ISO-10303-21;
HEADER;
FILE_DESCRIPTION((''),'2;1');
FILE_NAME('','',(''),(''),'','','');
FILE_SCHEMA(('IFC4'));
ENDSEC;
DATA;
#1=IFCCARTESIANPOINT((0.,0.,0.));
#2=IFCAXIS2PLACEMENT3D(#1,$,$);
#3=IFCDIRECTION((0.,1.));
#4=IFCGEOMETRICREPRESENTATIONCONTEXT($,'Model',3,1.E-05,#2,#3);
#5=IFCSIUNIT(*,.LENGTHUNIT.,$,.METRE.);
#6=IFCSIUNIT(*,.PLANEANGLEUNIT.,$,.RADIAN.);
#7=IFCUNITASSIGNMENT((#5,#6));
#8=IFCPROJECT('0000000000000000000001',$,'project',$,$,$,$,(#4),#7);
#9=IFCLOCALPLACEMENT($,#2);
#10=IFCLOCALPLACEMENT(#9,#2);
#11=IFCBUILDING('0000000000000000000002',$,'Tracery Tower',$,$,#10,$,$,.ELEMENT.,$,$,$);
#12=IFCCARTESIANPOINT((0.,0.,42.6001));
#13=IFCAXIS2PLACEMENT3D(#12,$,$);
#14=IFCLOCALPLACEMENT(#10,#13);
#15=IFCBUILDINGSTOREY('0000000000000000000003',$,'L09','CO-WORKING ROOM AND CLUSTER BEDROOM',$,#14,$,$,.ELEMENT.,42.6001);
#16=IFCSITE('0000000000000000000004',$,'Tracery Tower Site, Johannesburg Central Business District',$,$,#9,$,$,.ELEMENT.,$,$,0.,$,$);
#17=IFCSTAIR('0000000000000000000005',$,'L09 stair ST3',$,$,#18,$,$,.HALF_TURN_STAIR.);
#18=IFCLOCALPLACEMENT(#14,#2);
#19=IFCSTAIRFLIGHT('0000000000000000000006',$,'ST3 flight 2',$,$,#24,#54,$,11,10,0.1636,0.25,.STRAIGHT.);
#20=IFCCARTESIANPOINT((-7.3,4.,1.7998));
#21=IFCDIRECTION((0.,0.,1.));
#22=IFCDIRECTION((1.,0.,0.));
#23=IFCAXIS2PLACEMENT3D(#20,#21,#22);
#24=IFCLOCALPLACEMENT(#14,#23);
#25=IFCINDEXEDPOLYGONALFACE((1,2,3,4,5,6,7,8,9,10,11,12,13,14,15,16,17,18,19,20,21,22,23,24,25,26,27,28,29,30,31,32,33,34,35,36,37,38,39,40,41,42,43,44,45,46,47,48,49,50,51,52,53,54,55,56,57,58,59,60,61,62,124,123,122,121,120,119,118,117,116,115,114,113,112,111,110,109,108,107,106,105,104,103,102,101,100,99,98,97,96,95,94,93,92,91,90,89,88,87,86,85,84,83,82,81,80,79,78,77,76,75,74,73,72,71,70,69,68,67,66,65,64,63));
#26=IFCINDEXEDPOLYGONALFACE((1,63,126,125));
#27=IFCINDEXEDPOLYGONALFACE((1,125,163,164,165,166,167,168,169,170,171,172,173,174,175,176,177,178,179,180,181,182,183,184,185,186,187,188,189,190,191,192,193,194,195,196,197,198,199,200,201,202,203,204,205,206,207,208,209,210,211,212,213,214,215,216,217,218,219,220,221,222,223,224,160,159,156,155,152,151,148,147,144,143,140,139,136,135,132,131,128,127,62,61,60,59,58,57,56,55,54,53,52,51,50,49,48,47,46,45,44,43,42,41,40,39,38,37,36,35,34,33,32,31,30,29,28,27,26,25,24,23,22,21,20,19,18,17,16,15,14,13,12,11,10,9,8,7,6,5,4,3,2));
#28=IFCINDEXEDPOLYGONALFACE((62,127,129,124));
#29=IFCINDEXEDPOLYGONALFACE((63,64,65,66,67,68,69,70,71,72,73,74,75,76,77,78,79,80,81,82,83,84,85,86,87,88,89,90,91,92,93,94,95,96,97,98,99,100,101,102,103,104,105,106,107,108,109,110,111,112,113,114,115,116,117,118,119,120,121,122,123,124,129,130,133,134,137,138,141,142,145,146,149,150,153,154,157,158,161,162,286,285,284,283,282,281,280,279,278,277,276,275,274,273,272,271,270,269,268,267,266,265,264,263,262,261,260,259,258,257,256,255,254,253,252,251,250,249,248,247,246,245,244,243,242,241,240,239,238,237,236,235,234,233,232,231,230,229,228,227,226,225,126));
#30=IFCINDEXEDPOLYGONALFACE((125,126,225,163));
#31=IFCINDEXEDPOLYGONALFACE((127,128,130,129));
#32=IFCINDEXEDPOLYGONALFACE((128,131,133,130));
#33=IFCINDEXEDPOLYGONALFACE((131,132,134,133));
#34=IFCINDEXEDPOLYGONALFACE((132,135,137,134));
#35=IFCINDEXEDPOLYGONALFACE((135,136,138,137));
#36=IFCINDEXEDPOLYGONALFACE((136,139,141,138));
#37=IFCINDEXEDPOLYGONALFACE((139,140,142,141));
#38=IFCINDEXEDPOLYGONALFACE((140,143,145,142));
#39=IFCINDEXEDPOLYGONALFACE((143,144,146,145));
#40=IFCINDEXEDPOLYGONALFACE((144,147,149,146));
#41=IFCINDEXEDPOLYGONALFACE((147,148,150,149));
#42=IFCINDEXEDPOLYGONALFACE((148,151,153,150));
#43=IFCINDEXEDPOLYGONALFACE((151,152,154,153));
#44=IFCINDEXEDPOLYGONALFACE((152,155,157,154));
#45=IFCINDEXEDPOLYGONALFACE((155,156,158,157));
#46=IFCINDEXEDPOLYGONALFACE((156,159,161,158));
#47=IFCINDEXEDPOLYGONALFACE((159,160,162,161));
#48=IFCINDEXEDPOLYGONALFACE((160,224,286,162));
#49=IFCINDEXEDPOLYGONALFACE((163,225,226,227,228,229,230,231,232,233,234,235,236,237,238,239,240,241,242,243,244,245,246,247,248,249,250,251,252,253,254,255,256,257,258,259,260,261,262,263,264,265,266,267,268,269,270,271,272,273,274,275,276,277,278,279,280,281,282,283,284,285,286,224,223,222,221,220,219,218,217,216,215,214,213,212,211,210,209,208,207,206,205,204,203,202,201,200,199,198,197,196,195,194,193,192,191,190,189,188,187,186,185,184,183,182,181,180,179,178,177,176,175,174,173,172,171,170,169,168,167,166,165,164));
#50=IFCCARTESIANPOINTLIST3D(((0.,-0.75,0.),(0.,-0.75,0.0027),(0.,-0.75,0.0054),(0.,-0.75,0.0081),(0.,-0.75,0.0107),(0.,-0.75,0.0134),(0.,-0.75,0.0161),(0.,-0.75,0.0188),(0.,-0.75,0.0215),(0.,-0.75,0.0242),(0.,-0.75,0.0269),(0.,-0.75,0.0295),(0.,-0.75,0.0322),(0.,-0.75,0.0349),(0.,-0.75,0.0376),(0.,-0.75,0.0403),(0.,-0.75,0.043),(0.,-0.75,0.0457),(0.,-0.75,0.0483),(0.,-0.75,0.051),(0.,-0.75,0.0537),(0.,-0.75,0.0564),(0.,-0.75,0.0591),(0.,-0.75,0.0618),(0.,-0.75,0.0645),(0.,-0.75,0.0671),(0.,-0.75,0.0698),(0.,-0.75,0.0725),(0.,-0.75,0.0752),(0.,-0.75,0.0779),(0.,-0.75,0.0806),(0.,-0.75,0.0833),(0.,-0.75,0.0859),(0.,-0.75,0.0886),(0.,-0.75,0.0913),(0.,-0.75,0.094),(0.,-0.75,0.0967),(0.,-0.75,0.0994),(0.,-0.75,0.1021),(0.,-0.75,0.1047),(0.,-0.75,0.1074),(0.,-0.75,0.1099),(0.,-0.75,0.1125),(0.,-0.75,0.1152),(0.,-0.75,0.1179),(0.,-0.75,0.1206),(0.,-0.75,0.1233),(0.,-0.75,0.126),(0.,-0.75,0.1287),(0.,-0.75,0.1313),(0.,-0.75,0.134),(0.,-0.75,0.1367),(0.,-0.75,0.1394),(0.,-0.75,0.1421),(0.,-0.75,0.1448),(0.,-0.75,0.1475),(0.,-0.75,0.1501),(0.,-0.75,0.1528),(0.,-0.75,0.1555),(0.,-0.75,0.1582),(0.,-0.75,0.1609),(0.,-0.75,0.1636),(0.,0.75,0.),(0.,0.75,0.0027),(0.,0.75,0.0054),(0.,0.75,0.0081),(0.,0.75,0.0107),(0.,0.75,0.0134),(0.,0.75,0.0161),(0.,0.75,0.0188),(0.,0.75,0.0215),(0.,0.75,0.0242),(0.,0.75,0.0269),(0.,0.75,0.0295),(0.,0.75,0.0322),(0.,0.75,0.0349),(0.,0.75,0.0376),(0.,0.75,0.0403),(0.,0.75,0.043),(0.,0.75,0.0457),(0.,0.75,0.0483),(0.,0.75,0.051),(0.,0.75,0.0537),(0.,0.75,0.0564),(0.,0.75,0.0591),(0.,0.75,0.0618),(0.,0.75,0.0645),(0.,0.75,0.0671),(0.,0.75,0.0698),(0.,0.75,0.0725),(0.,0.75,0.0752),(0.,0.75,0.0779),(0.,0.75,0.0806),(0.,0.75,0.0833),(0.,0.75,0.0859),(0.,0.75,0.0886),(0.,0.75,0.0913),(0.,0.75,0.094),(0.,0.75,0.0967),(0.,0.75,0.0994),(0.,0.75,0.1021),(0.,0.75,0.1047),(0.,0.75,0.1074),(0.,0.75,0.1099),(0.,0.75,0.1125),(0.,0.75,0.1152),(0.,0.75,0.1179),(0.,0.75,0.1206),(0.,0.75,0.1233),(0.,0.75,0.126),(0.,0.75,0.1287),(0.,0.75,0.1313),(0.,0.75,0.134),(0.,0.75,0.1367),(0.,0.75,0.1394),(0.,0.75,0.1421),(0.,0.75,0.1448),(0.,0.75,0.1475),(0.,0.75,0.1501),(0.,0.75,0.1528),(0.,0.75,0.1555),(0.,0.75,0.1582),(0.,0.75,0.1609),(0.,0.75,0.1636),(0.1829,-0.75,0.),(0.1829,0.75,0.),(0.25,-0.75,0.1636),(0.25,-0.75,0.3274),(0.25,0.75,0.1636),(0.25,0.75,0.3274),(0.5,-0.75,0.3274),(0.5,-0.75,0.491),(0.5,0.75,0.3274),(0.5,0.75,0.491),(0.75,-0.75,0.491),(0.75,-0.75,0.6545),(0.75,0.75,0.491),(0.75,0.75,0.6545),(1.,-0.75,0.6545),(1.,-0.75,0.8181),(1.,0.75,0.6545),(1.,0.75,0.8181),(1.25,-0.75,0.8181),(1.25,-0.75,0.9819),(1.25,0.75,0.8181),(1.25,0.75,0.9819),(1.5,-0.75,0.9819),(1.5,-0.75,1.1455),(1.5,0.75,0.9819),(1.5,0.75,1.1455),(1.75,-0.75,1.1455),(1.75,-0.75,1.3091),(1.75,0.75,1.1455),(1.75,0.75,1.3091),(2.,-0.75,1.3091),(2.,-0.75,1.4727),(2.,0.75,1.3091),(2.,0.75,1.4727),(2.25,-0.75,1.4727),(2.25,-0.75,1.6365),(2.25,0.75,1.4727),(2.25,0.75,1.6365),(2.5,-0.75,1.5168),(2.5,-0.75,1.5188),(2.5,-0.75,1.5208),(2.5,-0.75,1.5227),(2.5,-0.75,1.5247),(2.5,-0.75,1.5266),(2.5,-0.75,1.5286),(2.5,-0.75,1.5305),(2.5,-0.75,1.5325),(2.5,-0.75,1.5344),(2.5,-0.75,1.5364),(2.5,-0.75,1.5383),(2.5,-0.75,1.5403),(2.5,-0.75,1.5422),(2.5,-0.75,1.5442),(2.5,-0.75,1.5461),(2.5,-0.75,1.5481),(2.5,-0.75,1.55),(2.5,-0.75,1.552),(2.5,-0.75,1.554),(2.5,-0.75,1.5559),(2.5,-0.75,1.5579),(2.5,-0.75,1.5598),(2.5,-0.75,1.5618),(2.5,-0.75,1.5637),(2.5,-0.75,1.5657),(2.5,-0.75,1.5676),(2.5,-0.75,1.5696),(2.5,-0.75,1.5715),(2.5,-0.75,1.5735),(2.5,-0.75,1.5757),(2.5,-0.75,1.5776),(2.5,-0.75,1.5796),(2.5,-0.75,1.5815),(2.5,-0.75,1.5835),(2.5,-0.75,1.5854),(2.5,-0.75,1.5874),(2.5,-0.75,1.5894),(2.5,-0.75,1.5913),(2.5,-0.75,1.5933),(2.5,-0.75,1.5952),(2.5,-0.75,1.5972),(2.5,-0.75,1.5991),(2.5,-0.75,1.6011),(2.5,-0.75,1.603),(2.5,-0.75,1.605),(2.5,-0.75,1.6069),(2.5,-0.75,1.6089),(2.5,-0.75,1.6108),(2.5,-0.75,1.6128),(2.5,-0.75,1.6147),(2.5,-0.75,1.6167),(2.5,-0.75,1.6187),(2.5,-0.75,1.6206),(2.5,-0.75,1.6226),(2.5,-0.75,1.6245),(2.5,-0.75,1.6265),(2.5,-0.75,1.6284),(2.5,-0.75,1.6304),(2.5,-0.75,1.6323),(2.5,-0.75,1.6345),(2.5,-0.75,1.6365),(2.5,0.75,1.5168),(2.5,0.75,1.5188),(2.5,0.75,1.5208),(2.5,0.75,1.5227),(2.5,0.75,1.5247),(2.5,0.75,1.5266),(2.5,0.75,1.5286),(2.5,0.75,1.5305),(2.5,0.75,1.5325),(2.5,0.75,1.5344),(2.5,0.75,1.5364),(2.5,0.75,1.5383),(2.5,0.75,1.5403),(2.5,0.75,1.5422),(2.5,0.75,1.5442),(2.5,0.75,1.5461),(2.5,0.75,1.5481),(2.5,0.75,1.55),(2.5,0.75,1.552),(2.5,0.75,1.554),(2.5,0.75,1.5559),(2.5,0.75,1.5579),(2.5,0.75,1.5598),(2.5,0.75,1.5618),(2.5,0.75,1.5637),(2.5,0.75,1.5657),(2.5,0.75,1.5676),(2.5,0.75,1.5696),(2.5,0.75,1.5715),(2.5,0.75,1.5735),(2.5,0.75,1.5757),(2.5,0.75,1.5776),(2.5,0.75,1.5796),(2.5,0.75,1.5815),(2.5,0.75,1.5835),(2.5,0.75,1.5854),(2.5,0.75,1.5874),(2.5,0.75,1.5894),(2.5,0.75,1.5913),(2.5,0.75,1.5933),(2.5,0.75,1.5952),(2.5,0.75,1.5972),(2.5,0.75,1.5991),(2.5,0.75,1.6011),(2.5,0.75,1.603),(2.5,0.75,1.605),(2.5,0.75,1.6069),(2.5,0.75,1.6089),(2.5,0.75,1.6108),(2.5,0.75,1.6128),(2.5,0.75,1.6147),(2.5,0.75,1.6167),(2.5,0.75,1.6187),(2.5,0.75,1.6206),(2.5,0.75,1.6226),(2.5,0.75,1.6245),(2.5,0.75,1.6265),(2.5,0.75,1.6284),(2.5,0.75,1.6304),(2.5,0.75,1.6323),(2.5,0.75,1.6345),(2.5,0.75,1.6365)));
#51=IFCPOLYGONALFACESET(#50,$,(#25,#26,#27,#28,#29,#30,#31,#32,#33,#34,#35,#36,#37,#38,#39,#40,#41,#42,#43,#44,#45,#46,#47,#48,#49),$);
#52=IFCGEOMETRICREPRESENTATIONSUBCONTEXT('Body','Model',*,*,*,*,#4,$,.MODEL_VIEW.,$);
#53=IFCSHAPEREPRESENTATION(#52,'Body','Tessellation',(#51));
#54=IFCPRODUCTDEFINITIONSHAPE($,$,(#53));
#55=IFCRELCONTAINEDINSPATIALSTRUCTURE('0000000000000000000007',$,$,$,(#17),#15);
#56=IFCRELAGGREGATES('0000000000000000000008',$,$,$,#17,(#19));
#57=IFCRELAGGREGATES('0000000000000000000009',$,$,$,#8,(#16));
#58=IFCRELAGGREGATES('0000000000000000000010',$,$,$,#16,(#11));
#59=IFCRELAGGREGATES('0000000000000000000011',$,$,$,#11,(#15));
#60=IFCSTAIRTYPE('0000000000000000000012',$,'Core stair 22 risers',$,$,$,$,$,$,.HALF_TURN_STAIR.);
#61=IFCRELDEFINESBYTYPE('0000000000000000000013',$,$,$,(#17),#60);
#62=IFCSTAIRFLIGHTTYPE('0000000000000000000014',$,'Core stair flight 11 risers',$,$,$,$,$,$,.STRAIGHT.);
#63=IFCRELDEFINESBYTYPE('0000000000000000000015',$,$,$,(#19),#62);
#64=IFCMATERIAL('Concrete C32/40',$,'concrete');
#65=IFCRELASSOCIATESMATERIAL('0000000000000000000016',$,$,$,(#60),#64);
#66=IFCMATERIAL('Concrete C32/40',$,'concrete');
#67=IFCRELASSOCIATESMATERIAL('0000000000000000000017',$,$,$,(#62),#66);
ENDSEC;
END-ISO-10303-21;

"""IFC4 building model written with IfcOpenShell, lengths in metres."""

from ifc_helpers import new_model, si_unit, direction, frame, origin, place, context, subcontext, project, spatial, polyline, outline, extrude, material, type_object, element, aggregate, save


model = new_model("IFC4")

# Units and contexts
model_context = context("Model", 3, precision=1e-05, world=origin(), true_north=direction((0.0, 1.0)))
body_context = subcontext(model_context, "Body", "Model", "MODEL_VIEW")
ifc_project = project(units=[si_unit("LENGTHUNIT", "METRE"), si_unit("PLANEANGLEUNIT", "RADIAN")], contexts=[model_context])

# Site, building, storey
site_placement = place(None, origin())
site = spatial("IfcSite", under=ifc_project, at=site_placement, Name="Tracery Tower Site, Johannesburg Central Business District", CompositionType="ELEMENT", RefElevation=0.0)
building_placement = place(site_placement, origin())
building = spatial("IfcBuilding", under=site, at=building_placement, Name="Tracery Tower", CompositionType="ELEMENT")
storey_placement = place(building_placement, frame((0.0, 0.0, 42.6001)))
storey = spatial("IfcBuildingStorey", under=building, at=storey_placement, Name="L09", Description="CO-WORKING ROOM AND CLUSTER BEDROOM", CompositionType="ELEMENT", Elevation=42.6001)

# Stair, stair flight
ifc_material_1 = material(Name="Concrete C32/40", Category="concrete")
stair_type = type_object("IfcStairType", Name="Core stair 22 risers", PredefinedType="HALF_TURN_STAIR", material=ifc_material_1)
stair_placement = place(storey_placement, origin())
stair = element("IfcStair", 1, at=stair_placement, inside=storey, type_object=stair_type, Name="L09 stair ST3", PredefinedType="HALF_TURN_STAIR")
ifc_material_2 = material(Name="Concrete C32/40", Category="concrete")
stair_flight_type = type_object("IfcStairFlightType", Name="Core stair flight 11 risers", PredefinedType="STRAIGHT", material=ifc_material_2)
stair_flight_1_placement = place(storey_placement, frame((-7.3, 4.0, 1.7998), z_axis=(0.0, 0.0, 1.0), x_axis=(1.0, 0.0, 0.0)))
stair_flight_1 = element("IfcStairFlight", 2, at=stair_flight_1_placement, type_object=stair_flight_type, Name="ST3 flight 2", NumberOfRisers=11, NumberOfTreads=10, PredefinedType="STRAIGHT", RiserHeight=0.1636, TreadLength=0.25, context=body_context, shape_type="SweptSolid", body=[
    extrude(outline(polyline([(0.0, 0.0), (0.0, 0.0027), (0.0, 0.0054), (0.0, 0.0081), (0.0, 0.0107), (0.0, 0.0134), (0.0, 0.0161), (0.0, 0.0188), (0.0, 0.0215), (0.0, 0.0242), (0.0, 0.0269), (0.0, 0.0295), (0.0, 0.0322), (0.0, 0.0349), (0.0, 0.0376), (0.0, 0.0403), (0.0, 0.043), (0.0, 0.0457), (0.0, 0.0483), (0.0, 0.051), (0.0, 0.0537), (0.0, 0.0564), (0.0, 0.0591), (0.0, 0.0618), (0.0, 0.0645), (0.0, 0.0671), (0.0, 0.0698), (0.0, 0.0725), (0.0, 0.0752), (0.0, 0.0779), (0.0, 0.0806), (0.0, 0.0833), (0.0, 0.0859), (0.0, 0.0886), (0.0, 0.0913), (0.0, 0.094), (0.0, 0.0967), (0.0, 0.0994), (0.0, 0.1021), (0.0, 0.1047), (0.0, 0.1074), (0.0, 0.1099), (0.0, 0.1125), (0.0, 0.1152), (0.0, 0.1179), (0.0, 0.1206), (0.0, 0.1233), (0.0, 0.126), (0.0, 0.1287), (0.0, 0.1313), (0.0, 0.134), (0.0, 0.1367), (0.0, 0.1394), (0.0, 0.1421), (0.0, 0.1448), (0.0, 0.1475), (0.0, 0.1501), (0.0, 0.1528), (0.0, 0.1555), (0.0, 0.1582), (0.0, 0.1609), (0.0, 0.1636), (0.25, 0.1636), (0.25, 0.3274), (0.5, 0.3274), (0.5, 0.491), (0.75, 0.491), (0.75, 0.6545), (1.0, 0.6545), (1.0, 0.8181), (1.25, 0.8181), (1.25, 0.9819), (1.5, 0.9819), (1.5, 1.1455), (1.75, 1.1455), (1.75, 1.3091), (2.0, 1.3091), (2.0, 1.4727), (2.25, 1.4727), (2.25, 1.6365), (2.5, 1.6365), (2.5, 1.6345), (2.5, 1.6323), (2.5, 1.6304), (2.5, 1.6284), (2.5, 1.6265), (2.5, 1.6245), (2.5, 1.6226), (2.5, 1.6206), (2.5, 1.6187), (2.5, 1.6167), (2.5, 1.6147), (2.5, 1.6128), (2.5, 1.6108), (2.5, 1.6089), (2.5, 1.6069), (2.5, 1.605), (2.5, 1.603), (2.5, 1.6011), (2.5, 1.5991), (2.5, 1.5972), (2.5, 1.5952), (2.5, 1.5933), (2.5, 1.5913), (2.5, 1.5894), (2.5, 1.5874), (2.5, 1.5854), (2.5, 1.5835), (2.5, 1.5815), (2.5, 1.5796), (2.5, 1.5776), (2.5, 1.5757), (2.5, 1.5735), (2.5, 1.5715), (2.5, 1.5696), (2.5, 1.5676), (2.5, 1.5657), (2.5, 1.5637), (2.5, 1.5618), (2.5, 1.5598), (2.5, 1.5579), (2.5, 1.5559), (2.5, 1.554), (2.5, 1.552), (2.5, 1.55), (2.5, 1.5481), (2.5, 1.5461), (2.5, 1.5442), (2.5, 1.5422), (2.5, 1.5403), (2.5, 1.5383), (2.5, 1.5364), (2.5, 1.5344), (2.5, 1.5325), (2.5, 1.5305), (2.5, 1.5286), (2.5, 1.5266), (2.5, 1.5247), (2.5, 1.5227), (2.5, 1.5208), (2.5, 1.5188), (2.5, 1.5168), (0.1829, 0.0), (0.0, 0.0)])), frame((0.0, 0.75, 0.0), z_axis=(0.0, -1.0, 0.0), x_axis=(1.0, 0.0, 0.0)), (0.0, 0.0, 1.0), 1.5),
])
aggregate(stair, [stair_flight_1])

save(model, "model.ifc")
